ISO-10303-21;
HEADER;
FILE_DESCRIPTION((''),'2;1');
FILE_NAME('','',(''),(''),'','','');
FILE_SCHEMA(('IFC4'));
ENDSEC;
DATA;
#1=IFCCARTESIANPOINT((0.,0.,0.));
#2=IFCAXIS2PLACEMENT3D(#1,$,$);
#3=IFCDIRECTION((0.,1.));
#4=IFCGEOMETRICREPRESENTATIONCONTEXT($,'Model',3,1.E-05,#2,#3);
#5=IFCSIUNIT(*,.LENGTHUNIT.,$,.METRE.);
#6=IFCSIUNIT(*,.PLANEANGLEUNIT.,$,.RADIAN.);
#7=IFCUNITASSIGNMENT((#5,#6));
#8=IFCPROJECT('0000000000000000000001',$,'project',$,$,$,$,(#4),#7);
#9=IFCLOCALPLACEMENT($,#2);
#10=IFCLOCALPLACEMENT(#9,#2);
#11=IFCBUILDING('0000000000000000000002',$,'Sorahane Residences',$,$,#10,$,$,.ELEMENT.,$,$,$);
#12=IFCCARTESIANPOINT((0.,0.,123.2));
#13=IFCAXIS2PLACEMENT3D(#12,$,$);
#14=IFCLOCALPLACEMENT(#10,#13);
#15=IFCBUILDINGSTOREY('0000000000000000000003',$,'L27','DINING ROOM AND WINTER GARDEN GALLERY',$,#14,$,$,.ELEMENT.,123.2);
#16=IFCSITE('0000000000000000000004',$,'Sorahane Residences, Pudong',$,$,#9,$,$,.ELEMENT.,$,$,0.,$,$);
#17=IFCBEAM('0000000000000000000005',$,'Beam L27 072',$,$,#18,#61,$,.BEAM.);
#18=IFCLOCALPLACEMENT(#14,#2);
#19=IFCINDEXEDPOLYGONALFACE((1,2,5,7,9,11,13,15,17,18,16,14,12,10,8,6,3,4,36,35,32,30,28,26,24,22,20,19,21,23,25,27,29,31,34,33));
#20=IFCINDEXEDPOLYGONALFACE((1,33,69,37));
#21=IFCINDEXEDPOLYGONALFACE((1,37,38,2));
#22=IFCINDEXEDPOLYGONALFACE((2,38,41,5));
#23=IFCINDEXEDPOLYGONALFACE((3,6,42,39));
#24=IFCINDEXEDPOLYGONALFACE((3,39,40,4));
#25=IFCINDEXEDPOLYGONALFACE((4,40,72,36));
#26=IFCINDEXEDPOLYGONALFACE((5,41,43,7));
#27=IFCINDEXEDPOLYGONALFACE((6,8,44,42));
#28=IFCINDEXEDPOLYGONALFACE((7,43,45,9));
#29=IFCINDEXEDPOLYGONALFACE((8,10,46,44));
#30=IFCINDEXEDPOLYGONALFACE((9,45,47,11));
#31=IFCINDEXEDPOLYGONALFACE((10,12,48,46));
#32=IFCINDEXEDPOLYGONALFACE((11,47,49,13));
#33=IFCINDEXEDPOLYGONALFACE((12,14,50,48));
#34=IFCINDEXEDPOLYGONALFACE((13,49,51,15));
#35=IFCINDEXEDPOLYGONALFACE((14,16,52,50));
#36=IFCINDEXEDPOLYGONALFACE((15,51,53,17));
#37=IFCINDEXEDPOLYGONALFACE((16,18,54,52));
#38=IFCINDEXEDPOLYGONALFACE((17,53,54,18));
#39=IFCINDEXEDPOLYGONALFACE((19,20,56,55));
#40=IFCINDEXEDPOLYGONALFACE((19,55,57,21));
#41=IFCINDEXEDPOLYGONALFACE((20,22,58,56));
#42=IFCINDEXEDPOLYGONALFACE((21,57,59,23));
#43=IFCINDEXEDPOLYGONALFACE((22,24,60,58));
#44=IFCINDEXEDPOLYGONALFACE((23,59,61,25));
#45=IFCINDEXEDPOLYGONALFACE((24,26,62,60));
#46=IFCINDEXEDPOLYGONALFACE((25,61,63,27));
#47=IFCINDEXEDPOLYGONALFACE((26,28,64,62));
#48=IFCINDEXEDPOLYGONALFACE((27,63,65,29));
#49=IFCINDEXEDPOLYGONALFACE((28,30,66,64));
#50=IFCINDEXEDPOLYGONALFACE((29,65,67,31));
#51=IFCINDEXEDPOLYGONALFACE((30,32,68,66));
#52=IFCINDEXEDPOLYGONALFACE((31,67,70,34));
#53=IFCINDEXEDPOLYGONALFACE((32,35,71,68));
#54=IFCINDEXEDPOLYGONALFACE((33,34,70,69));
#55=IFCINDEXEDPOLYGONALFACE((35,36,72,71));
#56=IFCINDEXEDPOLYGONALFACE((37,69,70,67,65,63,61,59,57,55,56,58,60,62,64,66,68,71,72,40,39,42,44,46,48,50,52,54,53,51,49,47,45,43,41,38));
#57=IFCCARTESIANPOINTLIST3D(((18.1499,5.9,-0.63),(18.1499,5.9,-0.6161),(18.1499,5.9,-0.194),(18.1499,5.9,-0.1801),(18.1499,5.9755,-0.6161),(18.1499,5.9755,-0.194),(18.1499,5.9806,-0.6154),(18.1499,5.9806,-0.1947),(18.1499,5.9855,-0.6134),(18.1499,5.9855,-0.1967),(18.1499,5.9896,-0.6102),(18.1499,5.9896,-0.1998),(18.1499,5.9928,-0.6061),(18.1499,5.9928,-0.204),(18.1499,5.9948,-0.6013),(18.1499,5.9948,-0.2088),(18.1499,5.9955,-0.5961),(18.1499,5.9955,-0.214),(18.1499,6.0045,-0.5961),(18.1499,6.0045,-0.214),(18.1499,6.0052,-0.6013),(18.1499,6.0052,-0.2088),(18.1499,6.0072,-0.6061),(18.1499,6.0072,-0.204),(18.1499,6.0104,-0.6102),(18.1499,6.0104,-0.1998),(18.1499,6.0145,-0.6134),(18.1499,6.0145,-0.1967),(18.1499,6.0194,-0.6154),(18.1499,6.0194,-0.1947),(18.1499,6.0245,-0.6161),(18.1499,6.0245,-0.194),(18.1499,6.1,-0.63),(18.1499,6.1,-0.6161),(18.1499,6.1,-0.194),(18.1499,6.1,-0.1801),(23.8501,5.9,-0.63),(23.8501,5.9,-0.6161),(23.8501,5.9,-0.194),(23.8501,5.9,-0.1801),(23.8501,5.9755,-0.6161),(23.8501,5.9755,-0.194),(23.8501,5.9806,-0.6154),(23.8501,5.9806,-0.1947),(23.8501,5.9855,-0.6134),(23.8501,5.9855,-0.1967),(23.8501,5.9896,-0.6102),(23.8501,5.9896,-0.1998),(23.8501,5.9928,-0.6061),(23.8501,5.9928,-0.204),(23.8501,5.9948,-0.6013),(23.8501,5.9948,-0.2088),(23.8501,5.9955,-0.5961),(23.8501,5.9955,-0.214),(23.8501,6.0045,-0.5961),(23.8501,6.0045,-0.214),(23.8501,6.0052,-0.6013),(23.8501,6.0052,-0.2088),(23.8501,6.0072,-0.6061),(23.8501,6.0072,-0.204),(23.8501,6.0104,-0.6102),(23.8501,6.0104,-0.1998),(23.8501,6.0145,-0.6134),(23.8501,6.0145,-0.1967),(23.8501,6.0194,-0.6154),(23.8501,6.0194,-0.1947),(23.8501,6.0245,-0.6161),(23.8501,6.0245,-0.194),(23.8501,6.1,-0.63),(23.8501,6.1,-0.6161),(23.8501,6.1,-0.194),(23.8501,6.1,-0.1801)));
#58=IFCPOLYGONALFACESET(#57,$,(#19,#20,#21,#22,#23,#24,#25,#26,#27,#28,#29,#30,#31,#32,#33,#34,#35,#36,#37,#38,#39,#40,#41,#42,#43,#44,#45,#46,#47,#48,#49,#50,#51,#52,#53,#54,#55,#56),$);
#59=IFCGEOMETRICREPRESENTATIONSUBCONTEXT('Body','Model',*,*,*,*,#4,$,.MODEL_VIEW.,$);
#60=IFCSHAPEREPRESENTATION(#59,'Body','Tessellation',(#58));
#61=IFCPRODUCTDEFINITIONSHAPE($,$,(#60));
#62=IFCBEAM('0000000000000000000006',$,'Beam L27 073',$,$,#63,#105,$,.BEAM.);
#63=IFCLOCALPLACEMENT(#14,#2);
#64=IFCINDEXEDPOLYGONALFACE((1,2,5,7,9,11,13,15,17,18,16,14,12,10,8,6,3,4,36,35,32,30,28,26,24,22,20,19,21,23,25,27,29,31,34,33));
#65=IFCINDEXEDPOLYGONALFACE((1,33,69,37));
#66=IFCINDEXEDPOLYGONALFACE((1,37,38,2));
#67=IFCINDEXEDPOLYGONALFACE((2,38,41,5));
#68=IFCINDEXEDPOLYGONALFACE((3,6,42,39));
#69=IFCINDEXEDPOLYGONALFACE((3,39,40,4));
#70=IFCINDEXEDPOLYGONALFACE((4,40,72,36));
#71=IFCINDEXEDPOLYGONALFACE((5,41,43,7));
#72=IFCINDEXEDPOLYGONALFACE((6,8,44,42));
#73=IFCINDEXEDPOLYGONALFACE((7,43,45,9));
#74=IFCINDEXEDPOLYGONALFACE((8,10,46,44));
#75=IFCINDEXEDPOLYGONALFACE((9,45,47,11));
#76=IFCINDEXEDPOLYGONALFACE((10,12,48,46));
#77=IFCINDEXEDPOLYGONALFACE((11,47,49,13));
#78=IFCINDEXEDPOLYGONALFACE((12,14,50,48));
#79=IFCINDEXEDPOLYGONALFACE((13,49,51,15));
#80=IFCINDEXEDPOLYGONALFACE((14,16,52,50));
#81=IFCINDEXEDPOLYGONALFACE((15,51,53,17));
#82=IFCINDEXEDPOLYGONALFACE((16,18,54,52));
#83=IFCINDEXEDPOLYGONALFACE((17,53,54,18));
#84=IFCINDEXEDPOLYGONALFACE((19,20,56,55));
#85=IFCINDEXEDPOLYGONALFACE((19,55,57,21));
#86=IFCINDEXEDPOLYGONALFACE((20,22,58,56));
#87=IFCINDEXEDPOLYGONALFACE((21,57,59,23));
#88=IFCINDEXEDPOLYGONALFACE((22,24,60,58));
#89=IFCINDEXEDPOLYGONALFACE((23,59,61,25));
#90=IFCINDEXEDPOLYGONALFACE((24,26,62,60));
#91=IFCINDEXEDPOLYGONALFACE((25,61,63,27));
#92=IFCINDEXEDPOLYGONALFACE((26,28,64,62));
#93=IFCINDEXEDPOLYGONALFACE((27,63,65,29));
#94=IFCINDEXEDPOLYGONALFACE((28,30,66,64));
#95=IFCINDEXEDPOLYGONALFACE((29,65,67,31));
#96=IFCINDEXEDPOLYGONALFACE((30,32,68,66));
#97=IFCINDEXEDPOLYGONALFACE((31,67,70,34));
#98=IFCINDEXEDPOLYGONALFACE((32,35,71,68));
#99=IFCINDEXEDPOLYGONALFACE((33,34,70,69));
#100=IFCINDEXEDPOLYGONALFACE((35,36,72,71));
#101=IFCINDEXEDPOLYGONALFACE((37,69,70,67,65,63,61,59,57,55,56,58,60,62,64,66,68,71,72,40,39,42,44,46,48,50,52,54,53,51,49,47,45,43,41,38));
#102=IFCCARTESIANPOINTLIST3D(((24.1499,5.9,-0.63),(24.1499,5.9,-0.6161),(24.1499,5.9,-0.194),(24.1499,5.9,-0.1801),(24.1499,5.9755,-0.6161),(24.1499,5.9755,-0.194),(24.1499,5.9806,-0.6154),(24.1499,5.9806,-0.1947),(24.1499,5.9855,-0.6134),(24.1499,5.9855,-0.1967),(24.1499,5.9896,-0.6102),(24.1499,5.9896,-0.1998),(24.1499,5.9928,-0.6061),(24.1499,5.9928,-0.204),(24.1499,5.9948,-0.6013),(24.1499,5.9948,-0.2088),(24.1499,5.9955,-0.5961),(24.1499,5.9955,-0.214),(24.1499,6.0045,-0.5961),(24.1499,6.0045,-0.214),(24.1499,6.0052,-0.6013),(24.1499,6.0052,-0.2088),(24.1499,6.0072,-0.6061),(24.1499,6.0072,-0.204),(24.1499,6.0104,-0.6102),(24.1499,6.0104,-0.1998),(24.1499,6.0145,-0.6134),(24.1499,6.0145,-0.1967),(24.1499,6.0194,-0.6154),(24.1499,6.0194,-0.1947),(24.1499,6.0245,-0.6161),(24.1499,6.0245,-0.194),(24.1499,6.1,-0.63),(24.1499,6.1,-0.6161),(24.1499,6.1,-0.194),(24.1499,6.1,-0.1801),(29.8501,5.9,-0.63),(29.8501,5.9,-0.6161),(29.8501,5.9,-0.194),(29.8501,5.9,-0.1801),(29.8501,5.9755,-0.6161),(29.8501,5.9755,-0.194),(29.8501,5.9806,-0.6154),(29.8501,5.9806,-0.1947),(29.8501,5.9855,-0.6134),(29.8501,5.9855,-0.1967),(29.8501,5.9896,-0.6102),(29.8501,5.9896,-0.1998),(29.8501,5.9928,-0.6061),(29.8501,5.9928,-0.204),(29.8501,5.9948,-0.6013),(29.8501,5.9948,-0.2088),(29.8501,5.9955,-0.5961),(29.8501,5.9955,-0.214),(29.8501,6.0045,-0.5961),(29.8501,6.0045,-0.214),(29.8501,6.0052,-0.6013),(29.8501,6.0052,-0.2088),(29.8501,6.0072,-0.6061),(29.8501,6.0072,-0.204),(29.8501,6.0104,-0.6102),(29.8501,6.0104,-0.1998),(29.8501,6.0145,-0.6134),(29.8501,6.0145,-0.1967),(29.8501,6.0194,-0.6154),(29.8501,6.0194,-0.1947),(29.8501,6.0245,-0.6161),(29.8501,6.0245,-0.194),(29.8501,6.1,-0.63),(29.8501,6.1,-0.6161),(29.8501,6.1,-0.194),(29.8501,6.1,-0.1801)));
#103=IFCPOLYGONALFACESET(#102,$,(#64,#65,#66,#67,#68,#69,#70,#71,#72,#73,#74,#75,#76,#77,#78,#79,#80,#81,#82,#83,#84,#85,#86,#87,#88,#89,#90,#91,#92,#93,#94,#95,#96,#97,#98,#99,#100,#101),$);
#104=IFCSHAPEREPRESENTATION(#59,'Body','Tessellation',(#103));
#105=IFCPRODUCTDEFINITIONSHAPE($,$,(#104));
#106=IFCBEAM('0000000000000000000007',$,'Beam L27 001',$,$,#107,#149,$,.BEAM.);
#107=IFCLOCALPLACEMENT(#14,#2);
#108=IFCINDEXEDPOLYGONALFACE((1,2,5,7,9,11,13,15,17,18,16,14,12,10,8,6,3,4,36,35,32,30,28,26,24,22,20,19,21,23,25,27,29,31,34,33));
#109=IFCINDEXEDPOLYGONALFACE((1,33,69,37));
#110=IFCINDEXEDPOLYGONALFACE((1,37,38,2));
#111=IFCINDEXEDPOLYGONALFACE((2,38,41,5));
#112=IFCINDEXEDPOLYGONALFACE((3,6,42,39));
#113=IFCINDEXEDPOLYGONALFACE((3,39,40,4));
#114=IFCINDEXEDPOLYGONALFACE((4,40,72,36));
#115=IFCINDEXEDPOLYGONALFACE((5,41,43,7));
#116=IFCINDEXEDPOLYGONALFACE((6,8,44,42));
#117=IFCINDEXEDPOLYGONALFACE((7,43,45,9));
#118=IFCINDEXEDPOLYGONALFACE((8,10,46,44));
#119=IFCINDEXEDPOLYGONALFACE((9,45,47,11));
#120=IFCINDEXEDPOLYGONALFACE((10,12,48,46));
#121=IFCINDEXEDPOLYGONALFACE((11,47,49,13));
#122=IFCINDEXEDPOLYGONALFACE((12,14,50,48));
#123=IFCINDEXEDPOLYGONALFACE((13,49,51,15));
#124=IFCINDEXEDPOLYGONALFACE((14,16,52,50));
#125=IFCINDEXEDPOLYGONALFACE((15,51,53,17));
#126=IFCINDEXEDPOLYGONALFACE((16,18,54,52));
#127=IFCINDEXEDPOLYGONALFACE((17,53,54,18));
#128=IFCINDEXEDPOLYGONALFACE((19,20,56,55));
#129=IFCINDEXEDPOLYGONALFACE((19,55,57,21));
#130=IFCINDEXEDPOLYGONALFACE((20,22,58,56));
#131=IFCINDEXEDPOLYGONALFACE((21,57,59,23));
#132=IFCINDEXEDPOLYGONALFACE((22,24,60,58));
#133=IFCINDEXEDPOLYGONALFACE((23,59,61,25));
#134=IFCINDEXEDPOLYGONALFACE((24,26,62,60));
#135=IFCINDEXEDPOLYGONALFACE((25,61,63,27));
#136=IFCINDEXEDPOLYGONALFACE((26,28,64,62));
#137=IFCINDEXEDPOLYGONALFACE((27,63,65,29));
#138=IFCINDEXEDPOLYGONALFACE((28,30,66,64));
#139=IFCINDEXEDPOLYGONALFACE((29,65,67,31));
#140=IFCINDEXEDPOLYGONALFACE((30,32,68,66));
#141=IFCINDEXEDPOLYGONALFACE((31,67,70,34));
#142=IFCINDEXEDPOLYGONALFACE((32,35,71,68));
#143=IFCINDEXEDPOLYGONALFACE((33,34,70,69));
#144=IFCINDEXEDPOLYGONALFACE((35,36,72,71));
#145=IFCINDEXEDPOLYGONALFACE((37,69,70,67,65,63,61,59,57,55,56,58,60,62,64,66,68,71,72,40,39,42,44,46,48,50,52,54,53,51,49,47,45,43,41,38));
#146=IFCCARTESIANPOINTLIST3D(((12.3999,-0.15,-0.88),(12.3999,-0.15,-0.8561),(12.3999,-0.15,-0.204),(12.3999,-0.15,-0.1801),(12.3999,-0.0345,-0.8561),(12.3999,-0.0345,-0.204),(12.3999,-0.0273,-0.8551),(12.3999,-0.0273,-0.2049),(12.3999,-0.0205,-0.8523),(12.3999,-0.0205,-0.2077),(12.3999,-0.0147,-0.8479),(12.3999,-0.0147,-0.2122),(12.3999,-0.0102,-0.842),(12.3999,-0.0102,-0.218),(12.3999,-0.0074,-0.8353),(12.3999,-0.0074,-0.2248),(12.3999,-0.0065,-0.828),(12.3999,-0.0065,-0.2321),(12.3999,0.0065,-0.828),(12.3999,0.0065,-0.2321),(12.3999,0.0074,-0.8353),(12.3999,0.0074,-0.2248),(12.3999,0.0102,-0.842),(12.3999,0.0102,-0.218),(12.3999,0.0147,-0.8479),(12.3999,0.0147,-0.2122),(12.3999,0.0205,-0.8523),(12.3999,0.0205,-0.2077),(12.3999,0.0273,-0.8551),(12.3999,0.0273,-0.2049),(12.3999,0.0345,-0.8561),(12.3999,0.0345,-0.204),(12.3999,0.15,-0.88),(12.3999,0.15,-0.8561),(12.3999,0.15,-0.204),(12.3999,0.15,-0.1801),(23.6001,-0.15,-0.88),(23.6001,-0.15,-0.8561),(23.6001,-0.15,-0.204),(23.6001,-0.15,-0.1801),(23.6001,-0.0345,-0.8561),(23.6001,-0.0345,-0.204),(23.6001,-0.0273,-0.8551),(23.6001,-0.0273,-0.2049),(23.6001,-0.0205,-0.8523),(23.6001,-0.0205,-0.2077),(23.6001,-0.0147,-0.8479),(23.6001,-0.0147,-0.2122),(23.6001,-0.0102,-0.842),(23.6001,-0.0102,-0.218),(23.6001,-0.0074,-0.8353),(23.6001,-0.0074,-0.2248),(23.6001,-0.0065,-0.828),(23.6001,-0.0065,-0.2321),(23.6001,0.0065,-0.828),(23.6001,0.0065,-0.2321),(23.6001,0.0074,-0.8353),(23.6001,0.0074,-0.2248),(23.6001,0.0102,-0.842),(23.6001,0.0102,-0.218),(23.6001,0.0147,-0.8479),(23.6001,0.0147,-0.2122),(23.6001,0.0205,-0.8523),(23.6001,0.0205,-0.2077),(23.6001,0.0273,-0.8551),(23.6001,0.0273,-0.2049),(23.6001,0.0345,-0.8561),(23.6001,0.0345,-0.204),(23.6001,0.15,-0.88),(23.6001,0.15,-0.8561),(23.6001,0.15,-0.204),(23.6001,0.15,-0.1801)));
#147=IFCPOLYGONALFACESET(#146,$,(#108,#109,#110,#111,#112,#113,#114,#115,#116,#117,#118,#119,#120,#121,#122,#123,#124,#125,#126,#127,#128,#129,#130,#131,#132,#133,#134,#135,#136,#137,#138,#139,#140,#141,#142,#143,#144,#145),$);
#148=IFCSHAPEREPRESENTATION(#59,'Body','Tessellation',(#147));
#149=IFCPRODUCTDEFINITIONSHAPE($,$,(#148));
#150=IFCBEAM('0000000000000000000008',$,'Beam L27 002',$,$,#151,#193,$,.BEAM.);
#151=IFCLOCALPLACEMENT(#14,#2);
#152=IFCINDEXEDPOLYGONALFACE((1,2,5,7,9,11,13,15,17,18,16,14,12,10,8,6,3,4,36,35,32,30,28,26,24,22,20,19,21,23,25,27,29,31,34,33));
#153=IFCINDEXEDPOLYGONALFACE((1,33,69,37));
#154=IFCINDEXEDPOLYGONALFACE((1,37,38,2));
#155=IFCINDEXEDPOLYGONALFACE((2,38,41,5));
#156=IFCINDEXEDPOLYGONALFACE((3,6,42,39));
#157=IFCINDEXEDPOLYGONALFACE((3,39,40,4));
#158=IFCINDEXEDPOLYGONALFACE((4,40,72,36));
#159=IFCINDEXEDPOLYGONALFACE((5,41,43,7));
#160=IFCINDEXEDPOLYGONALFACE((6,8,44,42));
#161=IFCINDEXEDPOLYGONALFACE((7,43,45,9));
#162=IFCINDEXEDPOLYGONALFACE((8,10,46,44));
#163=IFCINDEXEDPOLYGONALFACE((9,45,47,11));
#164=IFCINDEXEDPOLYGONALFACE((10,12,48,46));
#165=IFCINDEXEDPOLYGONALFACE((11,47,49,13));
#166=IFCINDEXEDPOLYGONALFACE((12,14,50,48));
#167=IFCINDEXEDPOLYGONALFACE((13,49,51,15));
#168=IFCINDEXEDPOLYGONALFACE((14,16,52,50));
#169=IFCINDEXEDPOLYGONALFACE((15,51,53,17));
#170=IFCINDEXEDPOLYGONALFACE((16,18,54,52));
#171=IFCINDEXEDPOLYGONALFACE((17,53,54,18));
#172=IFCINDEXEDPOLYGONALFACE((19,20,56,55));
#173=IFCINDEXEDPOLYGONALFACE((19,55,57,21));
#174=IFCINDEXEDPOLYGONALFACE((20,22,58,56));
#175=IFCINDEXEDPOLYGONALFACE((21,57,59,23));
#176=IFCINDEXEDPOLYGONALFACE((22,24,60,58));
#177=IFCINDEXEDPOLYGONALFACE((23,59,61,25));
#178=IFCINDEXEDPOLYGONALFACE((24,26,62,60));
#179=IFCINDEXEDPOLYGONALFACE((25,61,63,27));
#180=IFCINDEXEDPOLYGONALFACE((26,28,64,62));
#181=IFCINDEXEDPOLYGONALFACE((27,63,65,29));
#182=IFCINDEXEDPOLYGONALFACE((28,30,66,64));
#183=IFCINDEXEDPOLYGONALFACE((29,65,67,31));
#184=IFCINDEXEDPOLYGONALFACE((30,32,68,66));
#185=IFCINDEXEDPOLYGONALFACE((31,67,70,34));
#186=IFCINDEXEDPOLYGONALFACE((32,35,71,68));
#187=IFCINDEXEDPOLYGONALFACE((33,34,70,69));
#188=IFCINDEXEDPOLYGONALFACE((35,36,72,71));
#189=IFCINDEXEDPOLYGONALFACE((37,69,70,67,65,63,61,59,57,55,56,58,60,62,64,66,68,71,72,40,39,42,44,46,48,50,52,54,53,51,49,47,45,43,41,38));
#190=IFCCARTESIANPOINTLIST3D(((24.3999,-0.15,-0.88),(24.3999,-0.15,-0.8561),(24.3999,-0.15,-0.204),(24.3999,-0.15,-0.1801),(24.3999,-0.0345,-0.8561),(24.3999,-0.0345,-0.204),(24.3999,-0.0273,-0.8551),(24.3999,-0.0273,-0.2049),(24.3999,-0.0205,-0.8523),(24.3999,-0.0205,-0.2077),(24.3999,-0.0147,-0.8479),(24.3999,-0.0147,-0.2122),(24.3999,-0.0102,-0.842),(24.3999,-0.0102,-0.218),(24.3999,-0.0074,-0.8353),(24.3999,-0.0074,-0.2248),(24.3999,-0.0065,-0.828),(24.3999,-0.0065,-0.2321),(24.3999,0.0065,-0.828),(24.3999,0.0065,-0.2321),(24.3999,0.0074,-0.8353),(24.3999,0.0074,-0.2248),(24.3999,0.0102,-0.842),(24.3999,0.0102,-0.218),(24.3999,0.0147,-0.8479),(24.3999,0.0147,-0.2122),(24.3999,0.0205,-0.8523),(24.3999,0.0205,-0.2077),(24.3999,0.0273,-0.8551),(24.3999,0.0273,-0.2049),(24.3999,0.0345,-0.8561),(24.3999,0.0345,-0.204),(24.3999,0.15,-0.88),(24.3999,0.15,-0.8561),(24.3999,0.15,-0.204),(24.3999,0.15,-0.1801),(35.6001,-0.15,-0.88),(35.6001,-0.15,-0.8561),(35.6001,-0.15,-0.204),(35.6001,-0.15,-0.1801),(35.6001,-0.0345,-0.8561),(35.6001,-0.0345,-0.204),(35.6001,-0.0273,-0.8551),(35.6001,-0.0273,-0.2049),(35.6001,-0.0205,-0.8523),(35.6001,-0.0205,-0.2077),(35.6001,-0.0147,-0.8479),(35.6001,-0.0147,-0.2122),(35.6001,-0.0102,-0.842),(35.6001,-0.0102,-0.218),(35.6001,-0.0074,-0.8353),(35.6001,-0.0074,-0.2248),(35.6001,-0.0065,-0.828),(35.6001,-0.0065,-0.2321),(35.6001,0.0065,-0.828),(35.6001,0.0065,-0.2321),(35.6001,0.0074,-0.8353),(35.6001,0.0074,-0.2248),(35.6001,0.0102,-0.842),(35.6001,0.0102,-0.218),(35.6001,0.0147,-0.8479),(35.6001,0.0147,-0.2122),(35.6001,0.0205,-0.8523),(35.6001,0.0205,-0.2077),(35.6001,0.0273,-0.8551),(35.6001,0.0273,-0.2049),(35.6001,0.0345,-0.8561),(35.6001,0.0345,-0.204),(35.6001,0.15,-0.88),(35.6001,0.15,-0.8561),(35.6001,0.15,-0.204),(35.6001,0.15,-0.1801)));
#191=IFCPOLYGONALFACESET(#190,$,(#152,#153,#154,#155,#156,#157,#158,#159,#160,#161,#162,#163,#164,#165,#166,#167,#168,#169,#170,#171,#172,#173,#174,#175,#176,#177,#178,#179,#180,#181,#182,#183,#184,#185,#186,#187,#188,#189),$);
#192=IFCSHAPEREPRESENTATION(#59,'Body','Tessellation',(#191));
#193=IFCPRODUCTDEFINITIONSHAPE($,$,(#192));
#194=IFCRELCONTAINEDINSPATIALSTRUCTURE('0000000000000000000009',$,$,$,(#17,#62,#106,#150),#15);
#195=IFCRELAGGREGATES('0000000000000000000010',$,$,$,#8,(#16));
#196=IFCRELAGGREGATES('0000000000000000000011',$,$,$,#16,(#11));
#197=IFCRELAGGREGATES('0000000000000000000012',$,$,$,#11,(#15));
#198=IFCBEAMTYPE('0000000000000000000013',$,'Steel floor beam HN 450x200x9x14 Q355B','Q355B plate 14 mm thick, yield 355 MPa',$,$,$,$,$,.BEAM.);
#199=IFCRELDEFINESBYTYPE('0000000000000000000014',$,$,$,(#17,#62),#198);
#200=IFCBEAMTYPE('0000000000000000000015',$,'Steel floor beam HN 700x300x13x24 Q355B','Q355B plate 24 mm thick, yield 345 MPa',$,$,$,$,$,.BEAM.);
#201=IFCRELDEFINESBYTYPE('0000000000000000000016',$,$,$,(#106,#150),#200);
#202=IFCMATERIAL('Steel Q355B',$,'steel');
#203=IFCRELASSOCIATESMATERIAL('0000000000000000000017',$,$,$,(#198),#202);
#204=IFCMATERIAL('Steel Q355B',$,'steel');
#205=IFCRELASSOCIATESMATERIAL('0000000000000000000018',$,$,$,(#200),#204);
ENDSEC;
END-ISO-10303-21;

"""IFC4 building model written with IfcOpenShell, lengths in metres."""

from ifc_helpers import new_model, si_unit, direction, frame, origin, origin_2d, place, context, subcontext, project, spatial, i_section, extrude, material, material_profile, profile_set, type_object, element, save


model = new_model("IFC4")

# Units and contexts
model_context = context("Model", 3, precision=1e-05, world=origin(), true_north=direction((0.0, 1.0)))
body_context = subcontext(model_context, "Body", "Model", "MODEL_VIEW")
ifc_project = project(units=[si_unit("LENGTHUNIT", "METRE"), si_unit("PLANEANGLEUNIT", "RADIAN")], contexts=[model_context])

# Site, building, storey
site_placement = place(None, origin())
site = spatial("IfcSite", under=ifc_project, at=site_placement, Name="Sorahane Residences, Pudong", CompositionType="ELEMENT", RefElevation=0.0)
building_placement = place(site_placement, origin())
building = spatial("IfcBuilding", under=site, at=building_placement, Name="Sorahane Residences", CompositionType="ELEMENT")
storey_placement = place(building_placement, frame((0.0, 0.0, 123.2)))
storey = spatial("IfcBuildingStorey", under=building, at=storey_placement, Name="L27", Description="DINING ROOM AND WINTER GARDEN GALLERY", CompositionType="ELEMENT", Elevation=123.2)

# Beams
ifc_material_1 = material(Name="Steel Q355B", Category="steel")
ifc_material_profile_1 = material_profile(ifc_material_1, i_section(OverallWidth=0.2, OverallDepth=0.45, WebThickness=0.009, FlangeThickness=0.0139, FilletRadius=0.02, at=origin_2d()), Name="HN 450x200x9x14")
ifc_profile_set_1 = profile_set([ifc_material_profile_1], Name="Steel Q355B")
beam_type_1 = type_object("IfcBeamType", Name="Steel floor beam HN 450x200x9x14 Q355B", Description="Q355B plate 14 mm thick, yield 355 MPa", PredefinedType="BEAM", material=ifc_profile_set_1)
for number, where, z_axis, x_axis, name in (
    (1, (18.1499, 6.0, -0.405), (1.0, 0.0, 0.0), (0.0, 1.0, 0.0), "Beam L27 072"),
    (2, (24.1499, 6.0, -0.405), (1.0, 0.0, 0.0), (0.0, 1.0, 0.0), "Beam L27 073"),
):
    element("IfcBeam", number, at=place(storey_placement, frame(where, z_axis=z_axis, x_axis=x_axis)), inside=storey, type_object=beam_type_1, Name=name, PredefinedType="BEAM", context=body_context, shape_type="SweptSolid", body=[
        extrude(i_section(OverallWidth=0.2, OverallDepth=0.45, WebThickness=0.009, FlangeThickness=0.0139, FilletRadius=0.02, at=origin_2d()), origin(), (0.0, 0.0, 1.0), 5.7002),
    ])
ifc_material_2 = material(Name="Steel Q355B", Category="steel")
ifc_material_profile_2 = material_profile(ifc_material_2, i_section(OverallWidth=0.3, OverallDepth=0.7, WebThickness=0.0129, FlangeThickness=0.0239, FilletRadius=0.0281, at=origin_2d()), Name="HN 700x300x13x24")
ifc_profile_set_2 = profile_set([ifc_material_profile_2], Name="Steel Q355B")
beam_type_2 = type_object("IfcBeamType", Name="Steel floor beam HN 700x300x13x24 Q355B", Description="Q355B plate 24 mm thick, yield 345 MPa", PredefinedType="BEAM", material=ifc_profile_set_2)
for number, where, z_axis, x_axis, name in (
    (3, (12.3999, 0.0, -0.53), (1.0, 0.0, 0.0), (0.0, 1.0, 0.0), "Beam L27 001"),
    (4, (24.3999, 0.0, -0.53), (1.0, 0.0, 0.0), (0.0, 1.0, 0.0), "Beam L27 002"),
):
    element("IfcBeam", number, at=place(storey_placement, frame(where, z_axis=z_axis, x_axis=x_axis)), inside=storey, type_object=beam_type_2, Name=name, PredefinedType="BEAM", context=body_context, shape_type="SweptSolid", body=[
        extrude(i_section(OverallWidth=0.3, OverallDepth=0.7, WebThickness=0.0129, FlangeThickness=0.0239, FilletRadius=0.0281, at=origin_2d()), origin(), (0.0, 0.0, 1.0), 11.2002),
    ])

save(model, "model.ifc")
